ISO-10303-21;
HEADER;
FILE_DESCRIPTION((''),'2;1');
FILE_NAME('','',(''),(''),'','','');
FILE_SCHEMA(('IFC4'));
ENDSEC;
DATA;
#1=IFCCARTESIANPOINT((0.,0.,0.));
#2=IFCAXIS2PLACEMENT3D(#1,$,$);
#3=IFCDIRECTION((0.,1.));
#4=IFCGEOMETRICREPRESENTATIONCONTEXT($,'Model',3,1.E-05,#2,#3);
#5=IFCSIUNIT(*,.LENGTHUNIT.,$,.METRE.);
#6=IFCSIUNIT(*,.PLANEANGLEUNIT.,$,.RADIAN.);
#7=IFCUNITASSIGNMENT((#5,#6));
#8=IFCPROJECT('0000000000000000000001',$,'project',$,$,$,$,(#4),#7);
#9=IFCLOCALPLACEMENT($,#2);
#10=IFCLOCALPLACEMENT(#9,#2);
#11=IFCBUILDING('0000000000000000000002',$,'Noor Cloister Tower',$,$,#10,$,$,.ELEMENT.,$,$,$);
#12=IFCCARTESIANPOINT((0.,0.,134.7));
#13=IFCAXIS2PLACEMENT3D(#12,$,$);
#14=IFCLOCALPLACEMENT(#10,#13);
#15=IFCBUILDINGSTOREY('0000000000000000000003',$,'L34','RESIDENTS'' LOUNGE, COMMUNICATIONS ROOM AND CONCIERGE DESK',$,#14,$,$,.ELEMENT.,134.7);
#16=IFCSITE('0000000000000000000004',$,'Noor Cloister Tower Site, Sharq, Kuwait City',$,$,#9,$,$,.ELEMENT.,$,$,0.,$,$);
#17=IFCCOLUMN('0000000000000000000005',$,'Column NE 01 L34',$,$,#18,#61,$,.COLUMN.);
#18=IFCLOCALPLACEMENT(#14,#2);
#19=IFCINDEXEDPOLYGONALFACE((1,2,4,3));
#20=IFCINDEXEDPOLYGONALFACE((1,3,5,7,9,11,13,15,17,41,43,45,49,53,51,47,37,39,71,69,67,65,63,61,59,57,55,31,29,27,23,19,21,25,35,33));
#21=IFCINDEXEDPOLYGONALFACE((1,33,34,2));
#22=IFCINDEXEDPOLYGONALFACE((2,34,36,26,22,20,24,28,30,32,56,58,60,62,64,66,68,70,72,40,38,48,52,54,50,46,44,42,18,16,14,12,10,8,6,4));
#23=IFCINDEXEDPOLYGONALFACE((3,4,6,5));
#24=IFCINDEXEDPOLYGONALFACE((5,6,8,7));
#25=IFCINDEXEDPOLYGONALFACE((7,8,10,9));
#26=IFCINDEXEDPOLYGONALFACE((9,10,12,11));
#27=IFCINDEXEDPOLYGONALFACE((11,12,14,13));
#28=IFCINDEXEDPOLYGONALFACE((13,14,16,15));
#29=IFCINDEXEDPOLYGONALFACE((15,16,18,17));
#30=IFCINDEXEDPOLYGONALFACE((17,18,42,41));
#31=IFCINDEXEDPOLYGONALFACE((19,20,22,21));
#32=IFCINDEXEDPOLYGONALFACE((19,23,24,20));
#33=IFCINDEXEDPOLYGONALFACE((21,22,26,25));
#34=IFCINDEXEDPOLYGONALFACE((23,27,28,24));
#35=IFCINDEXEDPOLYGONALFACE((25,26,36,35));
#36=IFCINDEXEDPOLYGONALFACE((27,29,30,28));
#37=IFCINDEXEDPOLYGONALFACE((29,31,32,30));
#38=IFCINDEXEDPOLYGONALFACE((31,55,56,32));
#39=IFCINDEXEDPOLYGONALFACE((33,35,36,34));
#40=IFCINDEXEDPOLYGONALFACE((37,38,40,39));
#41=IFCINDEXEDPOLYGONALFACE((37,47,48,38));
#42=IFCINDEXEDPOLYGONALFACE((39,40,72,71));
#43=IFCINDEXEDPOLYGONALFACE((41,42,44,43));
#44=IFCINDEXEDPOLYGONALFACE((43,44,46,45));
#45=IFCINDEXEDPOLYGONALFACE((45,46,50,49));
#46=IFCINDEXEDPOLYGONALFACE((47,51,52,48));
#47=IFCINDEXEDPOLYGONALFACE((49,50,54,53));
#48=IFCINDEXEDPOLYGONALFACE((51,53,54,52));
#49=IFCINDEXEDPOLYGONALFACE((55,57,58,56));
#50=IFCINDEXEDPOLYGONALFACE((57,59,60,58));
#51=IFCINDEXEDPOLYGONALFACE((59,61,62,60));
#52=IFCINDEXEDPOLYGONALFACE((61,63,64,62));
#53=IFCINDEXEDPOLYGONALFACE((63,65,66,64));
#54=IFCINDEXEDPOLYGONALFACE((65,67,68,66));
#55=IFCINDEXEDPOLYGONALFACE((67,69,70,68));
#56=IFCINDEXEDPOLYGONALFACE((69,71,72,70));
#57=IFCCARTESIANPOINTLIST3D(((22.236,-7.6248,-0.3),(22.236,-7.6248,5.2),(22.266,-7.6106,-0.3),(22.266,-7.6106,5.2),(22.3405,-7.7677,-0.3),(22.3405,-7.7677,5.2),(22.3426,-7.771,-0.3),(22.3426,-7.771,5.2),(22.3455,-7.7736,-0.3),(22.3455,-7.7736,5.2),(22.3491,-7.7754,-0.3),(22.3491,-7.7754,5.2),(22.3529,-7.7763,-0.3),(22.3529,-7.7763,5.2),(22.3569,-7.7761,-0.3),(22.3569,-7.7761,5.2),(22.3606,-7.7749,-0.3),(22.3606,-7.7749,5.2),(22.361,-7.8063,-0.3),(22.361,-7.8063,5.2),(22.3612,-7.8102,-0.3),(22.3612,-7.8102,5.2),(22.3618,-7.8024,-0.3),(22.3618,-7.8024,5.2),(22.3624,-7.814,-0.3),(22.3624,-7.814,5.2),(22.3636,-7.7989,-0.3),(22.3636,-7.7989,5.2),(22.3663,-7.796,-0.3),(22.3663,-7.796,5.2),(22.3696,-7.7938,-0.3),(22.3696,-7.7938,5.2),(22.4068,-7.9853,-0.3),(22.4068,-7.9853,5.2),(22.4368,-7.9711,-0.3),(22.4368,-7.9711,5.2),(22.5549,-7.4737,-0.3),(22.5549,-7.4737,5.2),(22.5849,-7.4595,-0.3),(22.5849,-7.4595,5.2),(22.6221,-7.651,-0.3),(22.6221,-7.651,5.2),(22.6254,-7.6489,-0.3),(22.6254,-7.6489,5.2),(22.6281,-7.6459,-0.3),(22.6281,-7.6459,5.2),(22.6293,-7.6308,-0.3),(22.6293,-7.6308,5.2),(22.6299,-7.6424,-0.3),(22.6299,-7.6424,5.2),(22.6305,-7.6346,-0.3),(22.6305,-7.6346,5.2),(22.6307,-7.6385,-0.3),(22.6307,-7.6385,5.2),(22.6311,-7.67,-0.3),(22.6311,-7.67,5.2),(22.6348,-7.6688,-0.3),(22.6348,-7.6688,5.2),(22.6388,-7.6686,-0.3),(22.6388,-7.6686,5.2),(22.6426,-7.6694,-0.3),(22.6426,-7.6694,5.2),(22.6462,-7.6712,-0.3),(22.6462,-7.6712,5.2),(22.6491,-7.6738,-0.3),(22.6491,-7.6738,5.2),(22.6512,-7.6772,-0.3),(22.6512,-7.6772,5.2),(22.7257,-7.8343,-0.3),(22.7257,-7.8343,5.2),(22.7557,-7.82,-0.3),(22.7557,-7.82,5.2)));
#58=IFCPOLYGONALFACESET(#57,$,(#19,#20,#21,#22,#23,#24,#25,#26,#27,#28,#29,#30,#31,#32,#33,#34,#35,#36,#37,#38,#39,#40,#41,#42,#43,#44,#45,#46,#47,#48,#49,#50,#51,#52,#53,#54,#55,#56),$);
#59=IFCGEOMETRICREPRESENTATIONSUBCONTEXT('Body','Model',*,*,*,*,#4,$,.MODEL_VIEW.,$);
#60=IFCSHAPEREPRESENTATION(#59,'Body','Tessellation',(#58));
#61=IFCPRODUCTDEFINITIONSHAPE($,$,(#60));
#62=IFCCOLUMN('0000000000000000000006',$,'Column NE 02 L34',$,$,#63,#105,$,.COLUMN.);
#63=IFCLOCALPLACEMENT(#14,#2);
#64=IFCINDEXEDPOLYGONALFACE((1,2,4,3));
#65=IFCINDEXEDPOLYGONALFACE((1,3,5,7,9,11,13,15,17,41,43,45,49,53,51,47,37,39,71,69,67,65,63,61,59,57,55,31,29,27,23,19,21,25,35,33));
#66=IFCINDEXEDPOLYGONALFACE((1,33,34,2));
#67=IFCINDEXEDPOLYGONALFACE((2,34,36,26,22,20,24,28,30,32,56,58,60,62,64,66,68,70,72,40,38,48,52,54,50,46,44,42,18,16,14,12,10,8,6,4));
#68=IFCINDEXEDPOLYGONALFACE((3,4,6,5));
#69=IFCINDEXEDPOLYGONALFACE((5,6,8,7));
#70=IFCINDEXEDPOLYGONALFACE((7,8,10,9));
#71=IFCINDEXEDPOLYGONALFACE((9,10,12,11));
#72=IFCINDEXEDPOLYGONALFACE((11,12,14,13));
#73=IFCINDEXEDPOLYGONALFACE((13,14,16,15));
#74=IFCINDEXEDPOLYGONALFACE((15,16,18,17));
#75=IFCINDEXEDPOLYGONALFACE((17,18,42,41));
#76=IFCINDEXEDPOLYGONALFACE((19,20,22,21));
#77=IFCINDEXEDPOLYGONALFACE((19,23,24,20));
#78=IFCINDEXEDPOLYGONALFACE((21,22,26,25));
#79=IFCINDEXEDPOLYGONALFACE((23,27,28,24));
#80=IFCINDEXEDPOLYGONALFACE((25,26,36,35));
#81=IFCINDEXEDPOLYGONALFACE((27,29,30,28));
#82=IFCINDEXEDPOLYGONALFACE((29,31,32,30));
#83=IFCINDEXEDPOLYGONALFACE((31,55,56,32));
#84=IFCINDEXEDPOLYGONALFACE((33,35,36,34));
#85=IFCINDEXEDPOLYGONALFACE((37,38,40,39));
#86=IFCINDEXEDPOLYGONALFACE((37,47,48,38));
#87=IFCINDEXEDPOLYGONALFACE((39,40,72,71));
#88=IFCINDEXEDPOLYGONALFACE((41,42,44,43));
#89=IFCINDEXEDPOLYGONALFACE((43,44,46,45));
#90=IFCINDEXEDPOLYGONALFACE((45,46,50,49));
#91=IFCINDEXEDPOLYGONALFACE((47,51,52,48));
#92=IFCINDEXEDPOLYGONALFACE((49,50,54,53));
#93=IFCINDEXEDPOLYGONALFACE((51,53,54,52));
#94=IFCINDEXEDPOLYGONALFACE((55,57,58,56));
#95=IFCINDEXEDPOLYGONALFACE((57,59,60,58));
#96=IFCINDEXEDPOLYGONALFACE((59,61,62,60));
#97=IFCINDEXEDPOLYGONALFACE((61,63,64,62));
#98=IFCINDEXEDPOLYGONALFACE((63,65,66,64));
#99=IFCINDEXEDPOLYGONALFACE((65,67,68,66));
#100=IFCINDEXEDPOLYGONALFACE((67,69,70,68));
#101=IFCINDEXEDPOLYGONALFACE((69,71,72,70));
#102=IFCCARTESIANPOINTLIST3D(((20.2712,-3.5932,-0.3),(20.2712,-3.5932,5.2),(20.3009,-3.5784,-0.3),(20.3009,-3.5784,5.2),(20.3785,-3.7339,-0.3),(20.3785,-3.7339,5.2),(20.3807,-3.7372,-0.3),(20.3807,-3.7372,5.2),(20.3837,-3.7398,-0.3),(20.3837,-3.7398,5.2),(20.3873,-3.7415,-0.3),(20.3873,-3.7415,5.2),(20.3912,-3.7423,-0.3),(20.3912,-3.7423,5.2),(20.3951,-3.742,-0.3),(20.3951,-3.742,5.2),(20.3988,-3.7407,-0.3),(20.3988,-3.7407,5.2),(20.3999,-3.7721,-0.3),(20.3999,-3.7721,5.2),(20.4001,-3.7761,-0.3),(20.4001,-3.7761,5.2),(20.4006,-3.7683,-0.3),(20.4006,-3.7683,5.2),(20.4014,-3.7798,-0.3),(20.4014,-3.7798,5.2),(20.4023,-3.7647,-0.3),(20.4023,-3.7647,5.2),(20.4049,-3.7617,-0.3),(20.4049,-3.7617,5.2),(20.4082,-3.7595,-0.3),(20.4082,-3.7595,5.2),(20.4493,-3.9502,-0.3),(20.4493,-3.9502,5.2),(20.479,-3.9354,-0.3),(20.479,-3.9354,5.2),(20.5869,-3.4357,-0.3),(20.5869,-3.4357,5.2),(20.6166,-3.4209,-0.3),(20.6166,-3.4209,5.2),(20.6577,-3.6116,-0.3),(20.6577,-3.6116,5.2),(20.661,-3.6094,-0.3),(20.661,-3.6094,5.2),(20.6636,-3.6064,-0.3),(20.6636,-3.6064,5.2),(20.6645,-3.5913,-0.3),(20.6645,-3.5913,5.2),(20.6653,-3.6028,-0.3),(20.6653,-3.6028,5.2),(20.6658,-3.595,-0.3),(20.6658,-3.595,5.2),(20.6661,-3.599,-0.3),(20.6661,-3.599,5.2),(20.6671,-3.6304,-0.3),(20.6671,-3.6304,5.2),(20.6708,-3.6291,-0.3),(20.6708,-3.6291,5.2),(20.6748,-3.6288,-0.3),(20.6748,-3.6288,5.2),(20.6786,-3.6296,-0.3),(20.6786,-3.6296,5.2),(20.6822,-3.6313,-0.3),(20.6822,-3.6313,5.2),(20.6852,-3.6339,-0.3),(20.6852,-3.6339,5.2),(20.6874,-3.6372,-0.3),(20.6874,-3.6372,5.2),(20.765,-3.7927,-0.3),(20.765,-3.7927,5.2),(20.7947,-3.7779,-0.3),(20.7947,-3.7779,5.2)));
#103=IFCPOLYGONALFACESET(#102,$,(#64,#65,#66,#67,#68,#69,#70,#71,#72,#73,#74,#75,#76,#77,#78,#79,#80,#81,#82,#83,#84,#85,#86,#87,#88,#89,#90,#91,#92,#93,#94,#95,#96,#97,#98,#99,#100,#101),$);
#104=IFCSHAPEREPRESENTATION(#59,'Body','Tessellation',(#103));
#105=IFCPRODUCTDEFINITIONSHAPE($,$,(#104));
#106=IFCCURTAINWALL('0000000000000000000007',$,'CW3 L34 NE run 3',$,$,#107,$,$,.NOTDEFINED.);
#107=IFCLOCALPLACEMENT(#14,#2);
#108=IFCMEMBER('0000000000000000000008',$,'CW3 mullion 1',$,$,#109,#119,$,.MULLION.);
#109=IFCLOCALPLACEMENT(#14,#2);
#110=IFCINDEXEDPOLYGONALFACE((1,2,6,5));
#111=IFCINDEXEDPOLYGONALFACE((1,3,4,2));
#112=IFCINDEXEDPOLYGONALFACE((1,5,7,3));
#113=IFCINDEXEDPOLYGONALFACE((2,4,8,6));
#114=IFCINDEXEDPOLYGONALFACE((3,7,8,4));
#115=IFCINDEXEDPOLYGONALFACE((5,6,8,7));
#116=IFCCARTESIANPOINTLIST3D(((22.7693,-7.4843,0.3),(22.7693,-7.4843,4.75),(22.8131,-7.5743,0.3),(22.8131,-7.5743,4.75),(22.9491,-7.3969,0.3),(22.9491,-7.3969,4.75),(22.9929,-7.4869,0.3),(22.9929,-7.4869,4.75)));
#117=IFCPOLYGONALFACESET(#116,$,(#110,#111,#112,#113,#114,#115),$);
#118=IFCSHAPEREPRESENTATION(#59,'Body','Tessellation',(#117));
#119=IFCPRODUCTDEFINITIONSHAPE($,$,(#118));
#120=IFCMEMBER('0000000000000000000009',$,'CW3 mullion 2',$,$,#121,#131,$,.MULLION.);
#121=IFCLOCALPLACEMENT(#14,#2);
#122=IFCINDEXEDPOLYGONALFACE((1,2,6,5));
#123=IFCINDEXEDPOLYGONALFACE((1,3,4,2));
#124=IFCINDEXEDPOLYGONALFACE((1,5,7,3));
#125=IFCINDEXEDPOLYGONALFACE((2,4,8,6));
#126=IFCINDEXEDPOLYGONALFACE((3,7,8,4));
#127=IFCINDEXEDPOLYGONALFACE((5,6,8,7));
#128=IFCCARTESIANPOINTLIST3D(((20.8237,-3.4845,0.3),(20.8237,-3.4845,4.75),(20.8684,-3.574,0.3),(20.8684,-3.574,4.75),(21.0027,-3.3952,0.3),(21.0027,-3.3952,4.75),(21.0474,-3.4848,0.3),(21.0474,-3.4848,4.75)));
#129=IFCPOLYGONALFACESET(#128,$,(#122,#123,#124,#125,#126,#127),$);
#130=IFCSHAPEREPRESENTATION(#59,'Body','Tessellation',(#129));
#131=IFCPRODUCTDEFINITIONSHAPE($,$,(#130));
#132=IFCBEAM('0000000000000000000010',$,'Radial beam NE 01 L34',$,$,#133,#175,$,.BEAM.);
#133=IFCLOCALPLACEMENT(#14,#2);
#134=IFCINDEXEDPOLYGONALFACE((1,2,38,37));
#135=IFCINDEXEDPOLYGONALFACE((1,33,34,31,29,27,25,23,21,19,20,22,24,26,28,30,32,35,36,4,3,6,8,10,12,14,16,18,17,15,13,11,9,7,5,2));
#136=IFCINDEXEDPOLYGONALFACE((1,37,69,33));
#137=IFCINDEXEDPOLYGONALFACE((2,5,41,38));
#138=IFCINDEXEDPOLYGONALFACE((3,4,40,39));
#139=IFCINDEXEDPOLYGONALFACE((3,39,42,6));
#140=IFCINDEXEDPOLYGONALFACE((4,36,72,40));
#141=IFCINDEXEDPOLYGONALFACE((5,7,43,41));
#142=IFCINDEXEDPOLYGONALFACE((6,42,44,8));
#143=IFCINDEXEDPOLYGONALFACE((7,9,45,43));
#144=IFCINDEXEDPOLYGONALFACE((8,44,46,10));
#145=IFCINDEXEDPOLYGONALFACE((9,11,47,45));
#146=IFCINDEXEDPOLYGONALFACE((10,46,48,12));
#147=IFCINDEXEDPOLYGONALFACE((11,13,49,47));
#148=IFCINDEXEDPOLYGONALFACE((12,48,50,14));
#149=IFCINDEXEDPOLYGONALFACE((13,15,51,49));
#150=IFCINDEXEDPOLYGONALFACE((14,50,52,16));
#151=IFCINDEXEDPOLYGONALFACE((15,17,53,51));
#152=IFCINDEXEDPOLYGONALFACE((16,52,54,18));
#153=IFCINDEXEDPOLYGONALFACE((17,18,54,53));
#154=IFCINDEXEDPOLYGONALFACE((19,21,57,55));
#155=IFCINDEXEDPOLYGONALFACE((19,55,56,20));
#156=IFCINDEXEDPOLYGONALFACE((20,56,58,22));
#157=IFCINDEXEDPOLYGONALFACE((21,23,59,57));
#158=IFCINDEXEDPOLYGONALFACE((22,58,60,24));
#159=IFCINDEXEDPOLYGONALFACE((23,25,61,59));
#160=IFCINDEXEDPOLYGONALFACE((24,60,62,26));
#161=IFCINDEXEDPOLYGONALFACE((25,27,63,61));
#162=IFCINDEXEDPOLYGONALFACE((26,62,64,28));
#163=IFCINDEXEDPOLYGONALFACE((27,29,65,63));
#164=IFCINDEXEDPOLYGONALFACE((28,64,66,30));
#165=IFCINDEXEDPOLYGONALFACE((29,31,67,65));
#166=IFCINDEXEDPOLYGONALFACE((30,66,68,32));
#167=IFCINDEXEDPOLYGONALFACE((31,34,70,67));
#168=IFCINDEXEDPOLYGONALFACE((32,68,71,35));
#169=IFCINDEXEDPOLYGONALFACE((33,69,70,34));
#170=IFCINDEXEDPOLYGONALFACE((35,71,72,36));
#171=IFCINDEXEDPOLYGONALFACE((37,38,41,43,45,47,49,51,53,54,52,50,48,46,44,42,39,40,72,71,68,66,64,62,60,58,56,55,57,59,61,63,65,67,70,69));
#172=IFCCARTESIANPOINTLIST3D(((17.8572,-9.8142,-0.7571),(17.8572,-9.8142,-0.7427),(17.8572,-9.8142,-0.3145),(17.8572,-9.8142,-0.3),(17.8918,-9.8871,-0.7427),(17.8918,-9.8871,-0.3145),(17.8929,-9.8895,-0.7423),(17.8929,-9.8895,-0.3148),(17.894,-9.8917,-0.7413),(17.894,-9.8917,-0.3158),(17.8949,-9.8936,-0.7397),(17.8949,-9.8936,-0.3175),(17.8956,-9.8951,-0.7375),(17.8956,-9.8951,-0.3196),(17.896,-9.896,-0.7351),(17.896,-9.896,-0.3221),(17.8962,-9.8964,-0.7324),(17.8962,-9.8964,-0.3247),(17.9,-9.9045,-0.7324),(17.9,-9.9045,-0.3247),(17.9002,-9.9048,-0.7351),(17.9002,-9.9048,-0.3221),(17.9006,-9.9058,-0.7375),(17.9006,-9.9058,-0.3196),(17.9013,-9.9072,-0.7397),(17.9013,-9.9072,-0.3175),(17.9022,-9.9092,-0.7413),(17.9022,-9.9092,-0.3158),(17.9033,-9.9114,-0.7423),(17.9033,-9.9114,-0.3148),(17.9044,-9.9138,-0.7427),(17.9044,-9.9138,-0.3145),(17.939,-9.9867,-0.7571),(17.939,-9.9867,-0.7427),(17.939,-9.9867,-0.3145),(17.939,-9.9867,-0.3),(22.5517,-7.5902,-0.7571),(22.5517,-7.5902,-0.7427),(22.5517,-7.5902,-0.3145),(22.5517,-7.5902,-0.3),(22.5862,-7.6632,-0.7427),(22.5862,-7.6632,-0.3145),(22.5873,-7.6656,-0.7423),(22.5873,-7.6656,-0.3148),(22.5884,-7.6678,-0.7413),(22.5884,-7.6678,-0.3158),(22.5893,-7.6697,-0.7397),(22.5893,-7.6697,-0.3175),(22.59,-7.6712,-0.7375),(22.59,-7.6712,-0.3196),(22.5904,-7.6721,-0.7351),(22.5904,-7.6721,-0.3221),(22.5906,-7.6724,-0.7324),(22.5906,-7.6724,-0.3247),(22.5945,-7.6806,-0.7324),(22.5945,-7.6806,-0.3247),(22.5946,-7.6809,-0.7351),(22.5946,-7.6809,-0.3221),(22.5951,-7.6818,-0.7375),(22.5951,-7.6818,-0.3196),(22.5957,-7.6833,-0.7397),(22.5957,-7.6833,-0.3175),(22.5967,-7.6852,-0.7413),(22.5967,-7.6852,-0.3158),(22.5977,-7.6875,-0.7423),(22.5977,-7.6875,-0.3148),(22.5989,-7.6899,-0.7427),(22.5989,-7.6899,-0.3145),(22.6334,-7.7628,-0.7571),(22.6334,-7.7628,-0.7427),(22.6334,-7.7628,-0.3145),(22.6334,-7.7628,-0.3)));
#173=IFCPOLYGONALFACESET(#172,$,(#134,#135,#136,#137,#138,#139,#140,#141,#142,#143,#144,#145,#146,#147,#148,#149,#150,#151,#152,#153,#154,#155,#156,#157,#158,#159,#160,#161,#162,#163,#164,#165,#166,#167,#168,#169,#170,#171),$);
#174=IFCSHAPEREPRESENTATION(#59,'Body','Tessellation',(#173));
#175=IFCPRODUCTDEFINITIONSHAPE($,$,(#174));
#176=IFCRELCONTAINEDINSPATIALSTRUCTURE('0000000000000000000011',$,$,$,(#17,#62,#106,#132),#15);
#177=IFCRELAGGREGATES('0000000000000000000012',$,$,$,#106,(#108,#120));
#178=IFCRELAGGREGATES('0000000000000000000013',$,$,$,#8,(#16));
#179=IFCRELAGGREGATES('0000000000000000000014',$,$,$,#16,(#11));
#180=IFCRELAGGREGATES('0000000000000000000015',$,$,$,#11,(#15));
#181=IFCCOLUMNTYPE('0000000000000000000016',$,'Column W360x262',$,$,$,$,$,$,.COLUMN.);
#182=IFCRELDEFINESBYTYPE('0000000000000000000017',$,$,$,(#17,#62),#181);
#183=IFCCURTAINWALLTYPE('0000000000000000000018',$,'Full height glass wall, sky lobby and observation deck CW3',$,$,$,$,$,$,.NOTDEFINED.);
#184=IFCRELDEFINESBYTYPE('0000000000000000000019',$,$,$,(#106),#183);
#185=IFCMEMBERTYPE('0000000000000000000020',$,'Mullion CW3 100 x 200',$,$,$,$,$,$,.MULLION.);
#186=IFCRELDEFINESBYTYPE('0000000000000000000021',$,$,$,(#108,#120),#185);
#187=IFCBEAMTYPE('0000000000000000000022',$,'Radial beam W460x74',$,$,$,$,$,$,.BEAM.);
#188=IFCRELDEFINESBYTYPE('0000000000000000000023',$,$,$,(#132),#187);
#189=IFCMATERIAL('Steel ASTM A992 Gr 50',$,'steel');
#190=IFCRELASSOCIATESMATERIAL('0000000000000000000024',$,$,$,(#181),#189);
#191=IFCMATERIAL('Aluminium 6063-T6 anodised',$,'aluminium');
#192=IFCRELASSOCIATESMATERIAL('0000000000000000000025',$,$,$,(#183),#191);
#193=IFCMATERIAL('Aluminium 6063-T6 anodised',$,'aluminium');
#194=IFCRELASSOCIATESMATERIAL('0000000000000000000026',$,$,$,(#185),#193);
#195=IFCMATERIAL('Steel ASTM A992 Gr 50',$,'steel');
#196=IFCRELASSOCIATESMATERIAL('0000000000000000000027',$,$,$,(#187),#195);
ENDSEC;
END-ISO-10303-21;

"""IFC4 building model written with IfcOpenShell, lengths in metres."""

from ifc_helpers import new_model, si_unit, direction, frame, origin, origin_2d, place, context, subcontext, project, spatial, rectangle, i_section, extrude, material, material_profile, profile_set, type_object, element, aggregate, save


model = new_model("IFC4")

# Units and contexts
model_context = context("Model", 3, precision=1e-05, world=origin(), true_north=direction((0.0, 1.0)))
body_context = subcontext(model_context, "Body", "Model", "MODEL_VIEW")
ifc_project = project(units=[si_unit("LENGTHUNIT", "METRE"), si_unit("PLANEANGLEUNIT", "RADIAN")], contexts=[model_context])

# Site, building, storey
site_placement = place(None, origin())
site = spatial("IfcSite", under=ifc_project, at=site_placement, Name="Noor Cloister Tower Site, Sharq, Kuwait City", CompositionType="ELEMENT", RefElevation=0.0)
building_placement = place(site_placement, origin())
building = spatial("IfcBuilding", under=site, at=building_placement, Name="Noor Cloister Tower", CompositionType="ELEMENT")
storey_placement = place(building_placement, frame((0.0, 0.0, 134.7)))
storey = spatial("IfcBuildingStorey", under=building, at=storey_placement, Name="L34", Description="RESIDENTS' LOUNGE, COMMUNICATIONS ROOM AND CONCIERGE DESK", CompositionType="ELEMENT", Elevation=134.7)

# Columns
ifc_material_1 = material(Name="Steel ASTM A992 Gr 50", Category="steel")
ifc_material_profile_1 = material_profile(ifc_material_1, i_section(OverallWidth=0.3989, OverallDepth=0.386, WebThickness=0.021, FlangeThickness=0.0332, FilletRadius=0.0151, at=origin_2d()), Name="W360x262")
ifc_profile_set_1 = profile_set([ifc_material_profile_1], Name="Steel ASTM A992 Gr 50")
column_type = type_object("IfcColumnType", Name="Column W360x262", PredefinedType="COLUMN", material=ifc_profile_set_1)
for number, where, z_axis, x_axis, name in (
    (1, (22.4958, -7.7224, -0.3), (0.0, 0.0, 1.0), (-0.428127, 0.903718, 0.0), "Column NE 01 L34"),
    (2, (20.533, -3.6855, -0.3), (0.0, 0.0, 1.0), (-0.446379, 0.894844, 0.0), "Column NE 02 L34"),
):
    element("IfcColumn", number, at=place(storey_placement, frame(where, z_axis=z_axis, x_axis=x_axis)), inside=storey, type_object=column_type, Name=name, PredefinedType="COLUMN", context=body_context, shape_type="SweptSolid", body=[
        extrude(i_section(OverallWidth=0.3989, OverallDepth=0.386, WebThickness=0.021, FlangeThickness=0.0332, FilletRadius=0.0151, at=origin_2d()), origin(), (0.0, 0.0, 1.0), 5.5),
    ])

# Curtain wall, members
ifc_material_2 = material(Name="Aluminium 6063-T6 anodised", Category="aluminium")
curtain_wall_type = type_object("IfcCurtainWallType", Name="Full height glass wall, sky lobby and observation deck CW3", PredefinedType="NOTDEFINED", material=ifc_material_2)
curtain_wall_placement = place(storey_placement, origin())
curtain_wall = element("IfcCurtainWall", 3, at=curtain_wall_placement, inside=storey, type_object=curtain_wall_type, Name="CW3 L34 NE run 3", PredefinedType="NOTDEFINED")
ifc_material_3 = material(Name="Aluminium 6063-T6 anodised", Category="aluminium")
ifc_material_profile_2 = material_profile(ifc_material_3, rectangle(XDim=0.2, YDim=0.1001, at=origin_2d()), Name="200 x 100 mullion")
ifc_profile_set_2 = profile_set([ifc_material_profile_2], Name="Aluminium 6063-T6 anodised")
member_type = type_object("IfcMemberType", Name="Mullion CW3 100 x 200", PredefinedType="MULLION", material=ifc_profile_set_2)
member_1_placement = place(storey_placement, frame((22.8811, -7.4856, 0.3), z_axis=(0.0, 0.0, 1.0), x_axis=(-0.899328, -0.437276, 0.0)))
member_1 = element("IfcMember", 4, at=member_1_placement, type_object=member_type, Name="CW3 mullion 1", PredefinedType="MULLION", context=body_context, shape_type="SweptSolid", body=[
    extrude(rectangle(XDim=0.2, YDim=0.1001, at=origin_2d()), origin(), (0.0, 0.0, 1.0), 4.45),
])
member_2_placement = place(storey_placement, frame((20.9355, -3.4846, 0.3), z_axis=(0.0, 0.0, 1.0), x_axis=(-0.894844, -0.446379, 0.0)))
member_2 = element("IfcMember", 5, at=member_2_placement, type_object=member_type, Name="CW3 mullion 2", PredefinedType="MULLION", context=body_context, shape_type="SweptSolid", body=[
    extrude(rectangle(XDim=0.2, YDim=0.1001, at=origin_2d()), origin(), (0.0, 0.0, 1.0), 4.45),
])

# Beam
ifc_material_4 = material(Name="Steel ASTM A992 Gr 50", Category="steel")
ifc_material_profile_3 = material_profile(ifc_material_4, i_section(OverallWidth=0.1909, OverallDepth=0.457, WebThickness=0.009, FlangeThickness=0.0144, FilletRadius=0.0103, at=origin_2d()), Name="W460x74")
ifc_profile_set_3 = profile_set([ifc_material_profile_3], Name="Steel ASTM A992 Gr 50")
beam_type_1 = type_object("IfcBeamType", Name="Radial beam W460x74", PredefinedType="BEAM", material=ifc_profile_set_3)
beam_1_placement = place(storey_placement, frame((22.5925, -7.6765, -0.5286), z_axis=(-0.90372, -0.428125, 0.0), x_axis=(0.428125, -0.90372, 0.0)))
element("IfcBeam", 6, at=beam_1_placement, inside=storey, type_object=beam_type_1, Name="Radial beam NE 01 L34", PredefinedType="BEAM", context=body_context, shape_type="SweptSolid", body=[
    extrude(i_section(OverallWidth=0.1909, OverallDepth=0.457, WebThickness=0.009, FlangeThickness=0.0144, FilletRadius=0.0103, at=origin_2d()), origin(), (0.0, 0.0, 1.0), 5.1946),
])

aggregate(curtain_wall, [member_1, member_2])

save(model, "model.ifc")
